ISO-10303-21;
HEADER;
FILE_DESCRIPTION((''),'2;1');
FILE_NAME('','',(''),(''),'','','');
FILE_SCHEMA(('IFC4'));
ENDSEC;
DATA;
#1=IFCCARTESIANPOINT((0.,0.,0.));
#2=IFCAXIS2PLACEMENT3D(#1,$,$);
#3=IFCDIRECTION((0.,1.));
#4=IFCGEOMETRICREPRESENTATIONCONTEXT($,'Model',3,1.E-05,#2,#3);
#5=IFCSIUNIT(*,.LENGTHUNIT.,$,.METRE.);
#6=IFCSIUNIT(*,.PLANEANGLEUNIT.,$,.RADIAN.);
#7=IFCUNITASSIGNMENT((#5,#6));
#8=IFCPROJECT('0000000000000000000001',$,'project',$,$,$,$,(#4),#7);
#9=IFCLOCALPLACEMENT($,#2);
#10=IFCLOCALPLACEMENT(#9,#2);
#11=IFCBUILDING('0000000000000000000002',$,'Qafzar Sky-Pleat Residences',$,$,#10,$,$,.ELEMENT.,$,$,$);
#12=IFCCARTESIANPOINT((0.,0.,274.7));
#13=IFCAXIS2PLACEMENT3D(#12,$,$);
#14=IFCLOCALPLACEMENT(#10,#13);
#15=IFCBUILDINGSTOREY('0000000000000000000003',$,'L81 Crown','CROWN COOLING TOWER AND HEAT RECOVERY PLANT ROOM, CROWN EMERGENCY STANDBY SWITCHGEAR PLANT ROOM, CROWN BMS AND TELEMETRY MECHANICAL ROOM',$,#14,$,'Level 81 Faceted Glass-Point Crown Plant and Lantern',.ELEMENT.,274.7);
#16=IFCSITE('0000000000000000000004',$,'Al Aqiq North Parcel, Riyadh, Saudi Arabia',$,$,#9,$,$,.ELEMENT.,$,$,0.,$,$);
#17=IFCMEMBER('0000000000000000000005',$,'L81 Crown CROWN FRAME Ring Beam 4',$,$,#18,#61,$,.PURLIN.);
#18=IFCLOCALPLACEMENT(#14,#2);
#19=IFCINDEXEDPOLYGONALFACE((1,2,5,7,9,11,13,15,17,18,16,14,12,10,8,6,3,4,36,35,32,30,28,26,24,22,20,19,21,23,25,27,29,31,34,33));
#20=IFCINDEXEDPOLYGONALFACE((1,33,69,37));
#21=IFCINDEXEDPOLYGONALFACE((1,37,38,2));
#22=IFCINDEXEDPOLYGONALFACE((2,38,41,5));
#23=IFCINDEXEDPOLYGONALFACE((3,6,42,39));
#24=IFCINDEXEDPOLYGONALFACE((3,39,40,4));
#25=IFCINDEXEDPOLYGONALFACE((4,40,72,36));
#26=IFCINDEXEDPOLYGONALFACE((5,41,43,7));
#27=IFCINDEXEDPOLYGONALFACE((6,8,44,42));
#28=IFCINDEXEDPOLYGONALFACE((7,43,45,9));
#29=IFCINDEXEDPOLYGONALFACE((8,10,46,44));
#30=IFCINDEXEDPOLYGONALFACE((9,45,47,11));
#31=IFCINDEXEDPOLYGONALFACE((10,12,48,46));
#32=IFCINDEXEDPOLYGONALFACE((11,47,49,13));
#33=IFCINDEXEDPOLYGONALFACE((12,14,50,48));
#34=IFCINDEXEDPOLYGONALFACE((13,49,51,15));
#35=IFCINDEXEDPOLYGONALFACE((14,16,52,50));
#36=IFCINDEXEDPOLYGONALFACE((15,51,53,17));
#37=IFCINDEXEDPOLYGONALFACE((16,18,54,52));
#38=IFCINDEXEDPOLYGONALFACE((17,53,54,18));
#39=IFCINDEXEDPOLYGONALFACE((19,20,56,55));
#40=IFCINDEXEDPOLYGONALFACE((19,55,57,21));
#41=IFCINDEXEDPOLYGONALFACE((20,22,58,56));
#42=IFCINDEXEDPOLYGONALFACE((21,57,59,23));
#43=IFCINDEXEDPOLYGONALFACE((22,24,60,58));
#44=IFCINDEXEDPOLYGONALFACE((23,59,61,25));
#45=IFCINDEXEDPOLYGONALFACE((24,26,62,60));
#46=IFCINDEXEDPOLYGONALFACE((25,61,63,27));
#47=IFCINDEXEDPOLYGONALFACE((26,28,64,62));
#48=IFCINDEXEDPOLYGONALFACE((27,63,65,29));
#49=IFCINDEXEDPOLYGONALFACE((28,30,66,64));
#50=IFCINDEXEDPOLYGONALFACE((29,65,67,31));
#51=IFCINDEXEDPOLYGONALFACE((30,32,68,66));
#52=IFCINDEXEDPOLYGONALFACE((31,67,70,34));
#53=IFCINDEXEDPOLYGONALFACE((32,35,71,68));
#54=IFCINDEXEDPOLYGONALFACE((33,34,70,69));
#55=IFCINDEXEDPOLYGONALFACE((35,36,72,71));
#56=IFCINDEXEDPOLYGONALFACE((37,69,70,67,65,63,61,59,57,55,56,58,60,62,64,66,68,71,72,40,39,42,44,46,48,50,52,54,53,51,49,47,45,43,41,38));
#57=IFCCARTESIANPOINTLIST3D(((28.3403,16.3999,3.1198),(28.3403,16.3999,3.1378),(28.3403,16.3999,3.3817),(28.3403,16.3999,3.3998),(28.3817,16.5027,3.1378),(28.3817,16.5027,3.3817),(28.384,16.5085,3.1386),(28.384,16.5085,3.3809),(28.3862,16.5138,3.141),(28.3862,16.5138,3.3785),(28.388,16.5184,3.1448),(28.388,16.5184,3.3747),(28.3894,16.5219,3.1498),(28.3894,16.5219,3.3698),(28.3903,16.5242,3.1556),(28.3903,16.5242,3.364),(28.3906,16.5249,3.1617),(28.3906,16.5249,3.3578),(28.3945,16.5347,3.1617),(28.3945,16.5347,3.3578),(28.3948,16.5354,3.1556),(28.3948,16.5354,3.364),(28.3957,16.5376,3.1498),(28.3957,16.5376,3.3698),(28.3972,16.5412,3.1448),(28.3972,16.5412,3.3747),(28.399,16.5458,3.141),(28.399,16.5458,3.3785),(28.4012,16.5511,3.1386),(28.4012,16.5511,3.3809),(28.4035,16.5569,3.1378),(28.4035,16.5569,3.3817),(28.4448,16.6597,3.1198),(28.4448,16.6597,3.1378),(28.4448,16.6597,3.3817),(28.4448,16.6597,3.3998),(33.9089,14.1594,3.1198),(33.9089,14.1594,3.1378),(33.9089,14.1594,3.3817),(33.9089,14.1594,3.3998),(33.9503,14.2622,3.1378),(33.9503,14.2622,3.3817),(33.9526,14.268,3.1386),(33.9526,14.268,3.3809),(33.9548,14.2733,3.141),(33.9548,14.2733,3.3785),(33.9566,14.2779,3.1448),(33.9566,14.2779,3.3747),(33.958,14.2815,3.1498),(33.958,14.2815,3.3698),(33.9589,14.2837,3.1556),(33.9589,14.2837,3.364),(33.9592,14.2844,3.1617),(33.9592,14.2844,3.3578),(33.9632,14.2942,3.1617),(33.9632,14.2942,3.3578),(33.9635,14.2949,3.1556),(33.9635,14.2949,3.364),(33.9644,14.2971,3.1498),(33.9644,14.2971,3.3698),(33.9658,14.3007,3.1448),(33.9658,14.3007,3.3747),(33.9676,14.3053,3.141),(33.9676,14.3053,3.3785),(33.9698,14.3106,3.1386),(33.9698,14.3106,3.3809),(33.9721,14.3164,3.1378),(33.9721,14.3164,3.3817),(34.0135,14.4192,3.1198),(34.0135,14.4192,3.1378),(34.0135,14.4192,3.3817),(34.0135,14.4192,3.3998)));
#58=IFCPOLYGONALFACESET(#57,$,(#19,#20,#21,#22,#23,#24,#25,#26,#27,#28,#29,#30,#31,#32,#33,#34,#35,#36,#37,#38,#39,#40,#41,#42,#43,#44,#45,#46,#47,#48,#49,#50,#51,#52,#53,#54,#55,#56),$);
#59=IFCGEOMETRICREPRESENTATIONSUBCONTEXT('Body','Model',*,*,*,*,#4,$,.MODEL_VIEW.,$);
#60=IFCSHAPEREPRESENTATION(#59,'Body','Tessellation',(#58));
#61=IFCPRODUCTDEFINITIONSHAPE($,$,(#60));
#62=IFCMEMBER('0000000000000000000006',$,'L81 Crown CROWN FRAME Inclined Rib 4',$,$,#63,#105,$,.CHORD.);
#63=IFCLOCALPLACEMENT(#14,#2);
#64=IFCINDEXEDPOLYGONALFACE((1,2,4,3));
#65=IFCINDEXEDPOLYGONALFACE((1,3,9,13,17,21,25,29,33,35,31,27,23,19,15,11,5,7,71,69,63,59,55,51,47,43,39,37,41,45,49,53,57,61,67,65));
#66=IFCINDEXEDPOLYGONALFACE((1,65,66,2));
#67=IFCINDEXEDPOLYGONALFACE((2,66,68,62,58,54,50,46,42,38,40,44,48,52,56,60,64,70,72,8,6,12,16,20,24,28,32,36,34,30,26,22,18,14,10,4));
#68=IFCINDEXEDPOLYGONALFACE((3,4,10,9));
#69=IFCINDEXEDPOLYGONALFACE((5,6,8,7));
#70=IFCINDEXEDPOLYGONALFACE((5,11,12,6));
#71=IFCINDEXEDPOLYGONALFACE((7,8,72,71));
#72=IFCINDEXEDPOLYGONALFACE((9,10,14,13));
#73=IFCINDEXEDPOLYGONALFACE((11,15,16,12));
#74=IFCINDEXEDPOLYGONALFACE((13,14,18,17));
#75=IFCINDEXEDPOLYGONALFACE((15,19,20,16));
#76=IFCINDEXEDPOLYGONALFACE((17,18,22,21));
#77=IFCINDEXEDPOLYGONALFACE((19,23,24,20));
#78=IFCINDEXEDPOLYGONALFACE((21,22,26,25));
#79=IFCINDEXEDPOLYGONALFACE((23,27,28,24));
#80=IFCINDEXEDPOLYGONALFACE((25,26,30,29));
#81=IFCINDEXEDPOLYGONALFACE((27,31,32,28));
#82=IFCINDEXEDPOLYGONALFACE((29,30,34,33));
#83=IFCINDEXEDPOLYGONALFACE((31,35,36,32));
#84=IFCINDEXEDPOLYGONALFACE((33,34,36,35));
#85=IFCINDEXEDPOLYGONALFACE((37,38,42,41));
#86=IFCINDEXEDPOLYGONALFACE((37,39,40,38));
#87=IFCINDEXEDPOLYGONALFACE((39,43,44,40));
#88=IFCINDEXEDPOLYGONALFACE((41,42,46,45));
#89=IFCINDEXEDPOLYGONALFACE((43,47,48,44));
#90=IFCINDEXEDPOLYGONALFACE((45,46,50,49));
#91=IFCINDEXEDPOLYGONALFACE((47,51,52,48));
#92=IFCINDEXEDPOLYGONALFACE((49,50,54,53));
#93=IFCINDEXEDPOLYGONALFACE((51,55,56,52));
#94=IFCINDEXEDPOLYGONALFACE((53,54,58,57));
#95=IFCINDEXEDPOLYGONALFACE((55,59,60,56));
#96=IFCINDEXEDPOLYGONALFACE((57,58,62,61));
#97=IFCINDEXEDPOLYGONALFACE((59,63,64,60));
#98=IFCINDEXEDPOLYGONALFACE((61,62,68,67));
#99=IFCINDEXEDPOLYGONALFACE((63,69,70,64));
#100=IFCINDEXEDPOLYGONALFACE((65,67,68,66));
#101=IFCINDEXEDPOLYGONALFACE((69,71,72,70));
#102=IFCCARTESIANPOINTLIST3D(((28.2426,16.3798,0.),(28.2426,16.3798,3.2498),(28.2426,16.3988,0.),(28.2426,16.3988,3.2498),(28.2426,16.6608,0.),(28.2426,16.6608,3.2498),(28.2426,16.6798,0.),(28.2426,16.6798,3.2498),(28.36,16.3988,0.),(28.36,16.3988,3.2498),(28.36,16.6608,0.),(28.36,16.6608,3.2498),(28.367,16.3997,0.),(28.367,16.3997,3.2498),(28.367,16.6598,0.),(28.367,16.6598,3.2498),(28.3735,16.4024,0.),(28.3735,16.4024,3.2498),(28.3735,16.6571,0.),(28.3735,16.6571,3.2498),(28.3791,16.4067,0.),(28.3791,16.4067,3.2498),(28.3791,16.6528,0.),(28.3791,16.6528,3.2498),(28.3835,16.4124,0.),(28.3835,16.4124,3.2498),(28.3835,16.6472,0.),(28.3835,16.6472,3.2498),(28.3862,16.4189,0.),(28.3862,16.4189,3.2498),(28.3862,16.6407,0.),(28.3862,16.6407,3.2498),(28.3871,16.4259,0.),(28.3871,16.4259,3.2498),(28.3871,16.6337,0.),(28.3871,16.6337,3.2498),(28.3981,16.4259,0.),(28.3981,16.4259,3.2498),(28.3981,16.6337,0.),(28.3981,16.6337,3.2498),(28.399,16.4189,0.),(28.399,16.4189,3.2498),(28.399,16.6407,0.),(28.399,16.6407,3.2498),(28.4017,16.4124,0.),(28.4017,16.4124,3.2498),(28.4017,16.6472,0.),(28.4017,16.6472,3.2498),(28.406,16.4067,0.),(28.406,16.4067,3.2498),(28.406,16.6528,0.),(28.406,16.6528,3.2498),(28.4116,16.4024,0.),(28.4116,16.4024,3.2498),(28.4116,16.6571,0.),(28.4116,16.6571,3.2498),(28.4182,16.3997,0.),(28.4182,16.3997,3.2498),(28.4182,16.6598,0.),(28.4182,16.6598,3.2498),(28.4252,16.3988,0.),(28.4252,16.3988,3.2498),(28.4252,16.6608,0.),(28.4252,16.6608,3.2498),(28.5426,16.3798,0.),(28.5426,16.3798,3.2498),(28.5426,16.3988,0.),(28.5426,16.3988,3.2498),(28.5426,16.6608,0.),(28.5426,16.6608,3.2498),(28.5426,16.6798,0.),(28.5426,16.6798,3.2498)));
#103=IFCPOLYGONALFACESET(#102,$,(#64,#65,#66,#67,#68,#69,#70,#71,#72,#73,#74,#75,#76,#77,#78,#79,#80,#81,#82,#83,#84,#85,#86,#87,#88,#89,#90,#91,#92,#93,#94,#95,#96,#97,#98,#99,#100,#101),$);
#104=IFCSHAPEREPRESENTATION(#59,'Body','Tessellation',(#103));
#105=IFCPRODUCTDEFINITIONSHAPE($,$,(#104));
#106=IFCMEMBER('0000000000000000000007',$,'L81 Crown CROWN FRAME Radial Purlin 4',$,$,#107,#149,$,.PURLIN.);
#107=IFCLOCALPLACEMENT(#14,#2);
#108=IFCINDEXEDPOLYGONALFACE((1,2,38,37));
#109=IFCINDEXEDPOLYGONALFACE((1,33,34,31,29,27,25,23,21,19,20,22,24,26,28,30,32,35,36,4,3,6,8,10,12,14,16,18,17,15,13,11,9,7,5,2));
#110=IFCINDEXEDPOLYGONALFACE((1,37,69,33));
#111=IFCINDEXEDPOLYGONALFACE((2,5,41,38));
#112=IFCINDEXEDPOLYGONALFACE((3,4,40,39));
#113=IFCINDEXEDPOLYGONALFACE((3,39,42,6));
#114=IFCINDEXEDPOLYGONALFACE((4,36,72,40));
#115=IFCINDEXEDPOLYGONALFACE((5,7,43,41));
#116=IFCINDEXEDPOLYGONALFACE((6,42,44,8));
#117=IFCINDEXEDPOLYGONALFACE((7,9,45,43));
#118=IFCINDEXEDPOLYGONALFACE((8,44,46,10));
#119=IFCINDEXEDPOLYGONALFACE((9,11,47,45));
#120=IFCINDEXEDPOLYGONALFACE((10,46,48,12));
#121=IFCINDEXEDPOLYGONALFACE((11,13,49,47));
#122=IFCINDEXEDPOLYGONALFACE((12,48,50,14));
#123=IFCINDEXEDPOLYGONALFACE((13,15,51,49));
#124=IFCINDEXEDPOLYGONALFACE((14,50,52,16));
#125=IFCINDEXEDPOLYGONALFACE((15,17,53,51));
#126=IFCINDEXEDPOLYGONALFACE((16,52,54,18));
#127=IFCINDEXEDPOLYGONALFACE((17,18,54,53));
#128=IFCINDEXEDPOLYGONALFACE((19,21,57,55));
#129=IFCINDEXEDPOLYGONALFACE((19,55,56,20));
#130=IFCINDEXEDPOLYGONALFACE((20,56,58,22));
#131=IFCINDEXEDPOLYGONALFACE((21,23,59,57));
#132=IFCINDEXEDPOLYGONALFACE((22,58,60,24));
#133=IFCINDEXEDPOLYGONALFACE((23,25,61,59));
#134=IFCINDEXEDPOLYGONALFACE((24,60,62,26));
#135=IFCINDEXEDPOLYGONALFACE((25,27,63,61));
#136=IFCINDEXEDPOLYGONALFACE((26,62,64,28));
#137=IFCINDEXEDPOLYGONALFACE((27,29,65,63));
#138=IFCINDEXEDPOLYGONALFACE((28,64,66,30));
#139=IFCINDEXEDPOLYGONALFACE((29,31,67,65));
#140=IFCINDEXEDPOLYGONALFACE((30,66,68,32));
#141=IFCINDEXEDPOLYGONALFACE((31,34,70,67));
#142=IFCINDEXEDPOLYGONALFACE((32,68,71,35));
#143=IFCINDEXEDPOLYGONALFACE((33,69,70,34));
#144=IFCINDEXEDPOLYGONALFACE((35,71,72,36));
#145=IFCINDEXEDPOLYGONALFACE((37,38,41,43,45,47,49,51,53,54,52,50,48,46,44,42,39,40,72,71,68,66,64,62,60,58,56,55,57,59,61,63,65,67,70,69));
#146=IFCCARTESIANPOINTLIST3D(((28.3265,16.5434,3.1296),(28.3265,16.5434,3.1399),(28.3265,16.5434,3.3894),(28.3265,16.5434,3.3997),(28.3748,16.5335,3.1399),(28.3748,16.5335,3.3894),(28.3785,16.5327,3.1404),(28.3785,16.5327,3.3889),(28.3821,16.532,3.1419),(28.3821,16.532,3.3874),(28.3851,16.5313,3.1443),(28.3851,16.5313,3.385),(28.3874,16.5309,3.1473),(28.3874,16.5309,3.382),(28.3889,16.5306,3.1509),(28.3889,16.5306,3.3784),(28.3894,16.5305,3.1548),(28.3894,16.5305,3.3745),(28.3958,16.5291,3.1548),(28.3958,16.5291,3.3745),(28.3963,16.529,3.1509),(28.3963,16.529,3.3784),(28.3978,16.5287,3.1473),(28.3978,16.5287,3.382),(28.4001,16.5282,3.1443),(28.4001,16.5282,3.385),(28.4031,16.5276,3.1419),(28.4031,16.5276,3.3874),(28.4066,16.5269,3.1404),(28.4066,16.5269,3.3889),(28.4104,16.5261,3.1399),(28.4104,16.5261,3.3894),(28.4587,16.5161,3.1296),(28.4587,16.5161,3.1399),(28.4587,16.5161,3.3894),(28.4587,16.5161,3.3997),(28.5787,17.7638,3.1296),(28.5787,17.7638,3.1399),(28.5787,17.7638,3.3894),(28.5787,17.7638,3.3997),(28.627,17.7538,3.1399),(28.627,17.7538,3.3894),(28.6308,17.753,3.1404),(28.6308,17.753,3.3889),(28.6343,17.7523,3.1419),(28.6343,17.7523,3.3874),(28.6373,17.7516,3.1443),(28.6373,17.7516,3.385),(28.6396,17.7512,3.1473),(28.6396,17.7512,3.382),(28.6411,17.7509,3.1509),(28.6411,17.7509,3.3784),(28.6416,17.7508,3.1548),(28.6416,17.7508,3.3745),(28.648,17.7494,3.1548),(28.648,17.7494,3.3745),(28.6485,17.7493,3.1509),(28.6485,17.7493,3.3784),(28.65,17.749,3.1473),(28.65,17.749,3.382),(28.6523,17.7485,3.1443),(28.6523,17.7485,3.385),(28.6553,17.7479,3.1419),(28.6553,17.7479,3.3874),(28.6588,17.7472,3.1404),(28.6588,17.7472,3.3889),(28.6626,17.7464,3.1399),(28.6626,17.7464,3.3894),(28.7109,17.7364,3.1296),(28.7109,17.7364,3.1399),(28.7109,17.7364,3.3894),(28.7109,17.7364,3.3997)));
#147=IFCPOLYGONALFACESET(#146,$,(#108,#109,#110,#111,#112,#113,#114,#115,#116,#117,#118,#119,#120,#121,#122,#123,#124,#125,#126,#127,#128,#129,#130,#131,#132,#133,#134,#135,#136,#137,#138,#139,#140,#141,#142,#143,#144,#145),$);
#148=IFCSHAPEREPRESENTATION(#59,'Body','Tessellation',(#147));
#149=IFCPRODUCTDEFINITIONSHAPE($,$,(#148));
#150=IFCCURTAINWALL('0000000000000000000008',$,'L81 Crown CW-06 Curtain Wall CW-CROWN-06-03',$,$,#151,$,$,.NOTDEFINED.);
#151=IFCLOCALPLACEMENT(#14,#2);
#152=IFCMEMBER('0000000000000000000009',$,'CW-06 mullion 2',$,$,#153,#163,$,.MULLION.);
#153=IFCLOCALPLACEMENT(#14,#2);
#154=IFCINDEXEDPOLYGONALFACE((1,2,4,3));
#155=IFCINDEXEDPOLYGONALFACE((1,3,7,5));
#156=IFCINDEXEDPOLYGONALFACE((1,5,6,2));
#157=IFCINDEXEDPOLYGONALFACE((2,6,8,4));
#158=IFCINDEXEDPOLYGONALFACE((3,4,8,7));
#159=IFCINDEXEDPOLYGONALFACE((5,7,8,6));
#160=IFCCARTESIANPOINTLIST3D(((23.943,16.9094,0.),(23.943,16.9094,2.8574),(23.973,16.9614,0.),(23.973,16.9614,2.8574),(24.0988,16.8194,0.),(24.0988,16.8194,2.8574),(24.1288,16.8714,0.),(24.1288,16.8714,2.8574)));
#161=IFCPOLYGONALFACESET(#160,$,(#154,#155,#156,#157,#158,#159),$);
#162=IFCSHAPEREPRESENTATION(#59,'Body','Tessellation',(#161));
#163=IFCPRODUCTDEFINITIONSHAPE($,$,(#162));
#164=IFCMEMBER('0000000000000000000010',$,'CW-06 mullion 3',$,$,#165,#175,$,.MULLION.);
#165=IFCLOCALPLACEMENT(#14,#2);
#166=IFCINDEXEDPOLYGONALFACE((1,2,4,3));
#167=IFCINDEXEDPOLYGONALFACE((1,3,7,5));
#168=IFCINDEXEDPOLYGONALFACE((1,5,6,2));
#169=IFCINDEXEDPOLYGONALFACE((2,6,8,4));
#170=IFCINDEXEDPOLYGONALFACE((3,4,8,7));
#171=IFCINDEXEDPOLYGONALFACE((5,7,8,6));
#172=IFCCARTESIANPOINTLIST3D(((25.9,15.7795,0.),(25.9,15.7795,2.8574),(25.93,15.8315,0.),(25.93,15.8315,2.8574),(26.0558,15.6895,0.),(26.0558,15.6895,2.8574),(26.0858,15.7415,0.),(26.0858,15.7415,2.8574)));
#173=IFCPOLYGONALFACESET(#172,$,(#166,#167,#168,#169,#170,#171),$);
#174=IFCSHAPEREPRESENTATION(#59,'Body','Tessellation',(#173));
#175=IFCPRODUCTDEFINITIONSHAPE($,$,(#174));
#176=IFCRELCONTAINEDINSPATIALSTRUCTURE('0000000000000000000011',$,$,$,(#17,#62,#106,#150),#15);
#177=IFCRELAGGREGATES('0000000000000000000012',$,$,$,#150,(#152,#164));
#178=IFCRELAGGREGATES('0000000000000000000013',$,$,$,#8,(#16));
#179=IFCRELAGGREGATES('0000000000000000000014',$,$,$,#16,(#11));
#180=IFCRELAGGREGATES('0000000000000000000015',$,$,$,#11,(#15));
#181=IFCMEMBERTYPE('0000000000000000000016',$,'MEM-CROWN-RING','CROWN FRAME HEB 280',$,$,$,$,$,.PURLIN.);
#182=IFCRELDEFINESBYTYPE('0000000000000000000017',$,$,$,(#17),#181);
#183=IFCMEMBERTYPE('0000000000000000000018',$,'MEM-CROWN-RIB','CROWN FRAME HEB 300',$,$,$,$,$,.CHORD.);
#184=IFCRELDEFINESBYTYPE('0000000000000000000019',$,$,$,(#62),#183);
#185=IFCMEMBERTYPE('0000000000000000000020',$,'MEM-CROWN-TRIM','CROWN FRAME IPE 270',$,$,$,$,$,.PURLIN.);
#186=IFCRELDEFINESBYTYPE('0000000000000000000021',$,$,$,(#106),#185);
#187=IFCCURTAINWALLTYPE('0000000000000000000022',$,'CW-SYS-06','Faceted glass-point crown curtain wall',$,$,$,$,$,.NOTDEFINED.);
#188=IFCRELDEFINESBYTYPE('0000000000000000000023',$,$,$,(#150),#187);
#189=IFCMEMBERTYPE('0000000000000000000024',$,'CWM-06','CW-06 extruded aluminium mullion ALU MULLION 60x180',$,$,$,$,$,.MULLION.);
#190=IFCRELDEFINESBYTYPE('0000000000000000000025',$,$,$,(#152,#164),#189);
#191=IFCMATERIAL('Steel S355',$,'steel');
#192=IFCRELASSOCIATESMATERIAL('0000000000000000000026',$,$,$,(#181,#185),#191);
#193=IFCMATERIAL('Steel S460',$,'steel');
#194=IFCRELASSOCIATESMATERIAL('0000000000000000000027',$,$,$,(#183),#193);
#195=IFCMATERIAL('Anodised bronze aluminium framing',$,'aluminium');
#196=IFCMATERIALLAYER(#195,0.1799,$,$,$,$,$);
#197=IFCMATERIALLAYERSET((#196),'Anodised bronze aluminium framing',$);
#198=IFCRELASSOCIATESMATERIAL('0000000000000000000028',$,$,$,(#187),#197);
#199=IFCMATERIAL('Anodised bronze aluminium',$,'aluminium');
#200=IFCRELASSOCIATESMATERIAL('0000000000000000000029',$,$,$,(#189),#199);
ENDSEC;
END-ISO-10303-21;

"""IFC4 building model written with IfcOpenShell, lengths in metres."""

from ifc_helpers import new_model, si_unit, direction, frame, origin, origin_2d, place, context, subcontext, project, spatial, rectangle, i_section, extrude, source, transform, mapped, material, layer, layer_set, material_profile, profile_set, type_object, element, aggregate, save


model = new_model("IFC4")

# Units and contexts
model_context = context("Model", 3, precision=1e-05, world=origin(), true_north=direction((0.0, 1.0)))
body_context = subcontext(model_context, "Body", "Model", "MODEL_VIEW")
ifc_project = project(units=[si_unit("LENGTHUNIT", "METRE"), si_unit("PLANEANGLEUNIT", "RADIAN")], contexts=[model_context])

# Site, building, storey
site_placement = place(None, origin())
site = spatial("IfcSite", under=ifc_project, at=site_placement, Name="Al Aqiq North Parcel, Riyadh, Saudi Arabia", CompositionType="ELEMENT", RefElevation=0.0)
building_placement = place(site_placement, origin())
building = spatial("IfcBuilding", under=site, at=building_placement, Name="Qafzar Sky-Pleat Residences", CompositionType="ELEMENT")
storey_placement = place(building_placement, frame((0.0, 0.0, 274.7)))
storey = spatial("IfcBuildingStorey", under=building, at=storey_placement, Name="L81 Crown", Description="CROWN COOLING TOWER AND HEAT RECOVERY PLANT ROOM, CROWN EMERGENCY STANDBY SWITCHGEAR PLANT ROOM, CROWN BMS AND TELEMETRY MECHANICAL ROOM", LongName="Level 81 Faceted Glass-Point Crown Plant and Lantern", CompositionType="ELEMENT", Elevation=274.7)

# Members
ifc_material_1 = material(Name="Steel S355", Category="steel")
ifc_material_profile_1 = material_profile(ifc_material_1, i_section(OverallWidth=0.28, OverallDepth=0.28, WebThickness=0.0105, FlangeThickness=0.0181, FilletRadius=0.0239, at=origin_2d()), Name="HEB 280")
ifc_profile_set_1 = profile_set([ifc_material_profile_1], Name="Steel S355")
member_type_1 = type_object("IfcMemberType", Name="MEM-CROWN-RING", Description="CROWN FRAME HEB 280", PredefinedType="PURLIN", material=ifc_profile_set_1)
shared_shape_1 = source(origin(), body_context, "Body", "SweptSolid", [
    extrude(i_section(OverallWidth=0.28, OverallDepth=0.28, WebThickness=0.0105, FlangeThickness=0.0181, FilletRadius=0.0239, at=origin_2d()), origin(), (0.0, 0.0, 1.0), 6.0024),
])
member_1_placement = place(storey_placement, frame((28.3926, 16.5298, 3.2598), z_axis=(0.927726, -0.373262, 0.0), x_axis=(0.373262, 0.927726, 0.0)))
element("IfcMember", 1, at=member_1_placement, inside=storey, type_object=member_type_1, Name="L81 Crown CROWN FRAME Ring Beam 4", PredefinedType="PURLIN", context=body_context, shape_type="MappedRepresentation", body=[
    mapped(shared_shape_1, transform((0.0, 0.0, 0.0), x_axis=(1.0, 0.0, 0.0), y_axis=(0.0, 1.0, 0.0), z_axis=(0.0, 0.0, 1.0), scale=1.0)),
])
ifc_material_2 = material(Name="Steel S460", Category="steel")
ifc_material_profile_2 = material_profile(ifc_material_2, i_section(OverallWidth=0.3, OverallDepth=0.3, WebThickness=0.011, FlangeThickness=0.019, FilletRadius=0.0271, at=origin_2d()), Name="HEB 300")
ifc_profile_set_2 = profile_set([ifc_material_profile_2], Name="Steel S460")
member_type_2 = type_object("IfcMemberType", Name="MEM-CROWN-RIB", Description="CROWN FRAME HEB 300", PredefinedType="CHORD", material=ifc_profile_set_2)
shared_shape_2 = source(origin(), body_context, "Body", "SweptSolid", [
    extrude(i_section(OverallWidth=0.3, OverallDepth=0.3, WebThickness=0.011, FlangeThickness=0.019, FilletRadius=0.0271, at=origin_2d()), origin(), (0.0, 0.0, 1.0), 3.2498),
])
member_2_placement = place(storey_placement, frame((28.3926, 16.5298, 0.0), z_axis=(0.0, 0.0, 1.0), x_axis=(1.0, 0.0, 0.0)))
element("IfcMember", 2, at=member_2_placement, inside=storey, type_object=member_type_2, Name="L81 Crown CROWN FRAME Inclined Rib 4", PredefinedType="CHORD", context=body_context, shape_type="MappedRepresentation", body=[
    mapped(shared_shape_2, transform((0.0, 0.0, 0.0), x_axis=(1.0, 0.0, 0.0), y_axis=(0.0, 1.0, 0.0), z_axis=(0.0, 0.0, 1.0), scale=1.0)),
])
ifc_material_profile_3 = material_profile(ifc_material_1, i_section(OverallWidth=0.135, OverallDepth=0.27, WebThickness=0.0066, FlangeThickness=0.0103, FilletRadius=0.0149, at=origin_2d()), Name="IPE 270")
ifc_profile_set_3 = profile_set([ifc_material_profile_3], Name="Steel S355")
member_type_3 = type_object("IfcMemberType", Name="MEM-CROWN-TRIM", Description="CROWN FRAME IPE 270", PredefinedType="PURLIN", material=ifc_profile_set_3)
shared_shape_3 = source(origin(), body_context, "Body", "SweptSolid", [
    extrude(i_section(OverallWidth=0.135, OverallDepth=0.27, WebThickness=0.0066, FlangeThickness=0.0103, FilletRadius=0.0149, at=origin_2d()), origin(), (0.0, 0.0, 1.0), 1.2461),
])
member_3_placement = place(storey_placement, frame((28.3926, 16.5298, 3.2646), z_axis=(0.202405, 0.979302, 0.0), x_axis=(-0.979302, 0.202405, 0.0)))
element("IfcMember", 3, at=member_3_placement, inside=storey, type_object=member_type_3, Name="L81 Crown CROWN FRAME Radial Purlin 4", PredefinedType="PURLIN", context=body_context, shape_type="MappedRepresentation", body=[
    mapped(shared_shape_3, transform((0.0, 0.0, 0.0), x_axis=(1.0, 0.0, 0.0), y_axis=(0.0, 1.0, 0.0), z_axis=(0.0, 0.0, 1.0), scale=1.0)),
])

# Curtain wall, members
ifc_material_3 = material(Name="Anodised bronze aluminium framing", Category="aluminium")
ifc_layer_1 = layer(ifc_material_3, 0.1799)
ifc_layer_set_1 = layer_set([ifc_layer_1], Name="Anodised bronze aluminium framing")
curtain_wall_type = type_object("IfcCurtainWallType", Name="CW-SYS-06", Description="Faceted glass-point crown curtain wall", PredefinedType="NOTDEFINED", material=ifc_layer_set_1)
curtain_wall_placement = place(storey_placement, origin())
curtain_wall = element("IfcCurtainWall", 4, at=curtain_wall_placement, inside=storey, type_object=curtain_wall_type, Name="L81 Crown CW-06 Curtain Wall CW-CROWN-06-03", PredefinedType="NOTDEFINED")
ifc_material_4 = material(Name="Anodised bronze aluminium", Category="aluminium")
ifc_material_profile_4 = material_profile(ifc_material_4, rectangle(XDim=0.0601, YDim=0.1799, at=origin_2d()), Name="ALU MULLION 60x180")
ifc_profile_set_4 = profile_set([ifc_material_profile_4], Name="Anodised bronze aluminium")
member_type_4 = type_object("IfcMemberType", Name="CWM-06", Description="CW-06 extruded aluminium mullion ALU MULLION 60x180", PredefinedType="MULLION", material=ifc_profile_set_4)
shared_shape_4 = source(origin(), body_context, "Body", "SweptSolid", [
    extrude(rectangle(XDim=0.0601, YDim=0.1799, at=origin_2d()), origin(), (0.0, 0.0, 1.0), 2.8574),
])
member_4_placement = place(storey_placement, frame((24.0359, 16.8904, 0.0), z_axis=(0.0, 0.0, 1.0), x_axis=(0.499996, 0.866028, 0.0)))
member_4 = element("IfcMember", 5, at=member_4_placement, type_object=member_type_4, Name="CW-06 mullion 2", PredefinedType="MULLION", context=body_context, shape_type="MappedRepresentation", body=[
    mapped(shared_shape_4, transform((0.0, 0.0, 0.0), x_axis=(1.0, 0.0, 0.0), y_axis=(0.0, 1.0, 0.0), z_axis=(0.0, 0.0, 1.0), scale=1.0)),
])
member_5_placement = place(storey_placement, frame((25.9929, 15.7605, 0.0), z_axis=(0.0, 0.0, 1.0), x_axis=(0.499996, 0.866028, 0.0)))
member_5 = element("IfcMember", 6, at=member_5_placement, type_object=member_type_4, Name="CW-06 mullion 3", PredefinedType="MULLION", context=body_context, shape_type="MappedRepresentation", body=[
    mapped(shared_shape_4, transform((0.0, 0.0, 0.0), x_axis=(1.0, 0.0, 0.0), y_axis=(0.0, 1.0, 0.0), z_axis=(0.0, 0.0, 1.0), scale=1.0)),
])
aggregate(curtain_wall, [member_4, member_5])

save(model, "model.ifc")
